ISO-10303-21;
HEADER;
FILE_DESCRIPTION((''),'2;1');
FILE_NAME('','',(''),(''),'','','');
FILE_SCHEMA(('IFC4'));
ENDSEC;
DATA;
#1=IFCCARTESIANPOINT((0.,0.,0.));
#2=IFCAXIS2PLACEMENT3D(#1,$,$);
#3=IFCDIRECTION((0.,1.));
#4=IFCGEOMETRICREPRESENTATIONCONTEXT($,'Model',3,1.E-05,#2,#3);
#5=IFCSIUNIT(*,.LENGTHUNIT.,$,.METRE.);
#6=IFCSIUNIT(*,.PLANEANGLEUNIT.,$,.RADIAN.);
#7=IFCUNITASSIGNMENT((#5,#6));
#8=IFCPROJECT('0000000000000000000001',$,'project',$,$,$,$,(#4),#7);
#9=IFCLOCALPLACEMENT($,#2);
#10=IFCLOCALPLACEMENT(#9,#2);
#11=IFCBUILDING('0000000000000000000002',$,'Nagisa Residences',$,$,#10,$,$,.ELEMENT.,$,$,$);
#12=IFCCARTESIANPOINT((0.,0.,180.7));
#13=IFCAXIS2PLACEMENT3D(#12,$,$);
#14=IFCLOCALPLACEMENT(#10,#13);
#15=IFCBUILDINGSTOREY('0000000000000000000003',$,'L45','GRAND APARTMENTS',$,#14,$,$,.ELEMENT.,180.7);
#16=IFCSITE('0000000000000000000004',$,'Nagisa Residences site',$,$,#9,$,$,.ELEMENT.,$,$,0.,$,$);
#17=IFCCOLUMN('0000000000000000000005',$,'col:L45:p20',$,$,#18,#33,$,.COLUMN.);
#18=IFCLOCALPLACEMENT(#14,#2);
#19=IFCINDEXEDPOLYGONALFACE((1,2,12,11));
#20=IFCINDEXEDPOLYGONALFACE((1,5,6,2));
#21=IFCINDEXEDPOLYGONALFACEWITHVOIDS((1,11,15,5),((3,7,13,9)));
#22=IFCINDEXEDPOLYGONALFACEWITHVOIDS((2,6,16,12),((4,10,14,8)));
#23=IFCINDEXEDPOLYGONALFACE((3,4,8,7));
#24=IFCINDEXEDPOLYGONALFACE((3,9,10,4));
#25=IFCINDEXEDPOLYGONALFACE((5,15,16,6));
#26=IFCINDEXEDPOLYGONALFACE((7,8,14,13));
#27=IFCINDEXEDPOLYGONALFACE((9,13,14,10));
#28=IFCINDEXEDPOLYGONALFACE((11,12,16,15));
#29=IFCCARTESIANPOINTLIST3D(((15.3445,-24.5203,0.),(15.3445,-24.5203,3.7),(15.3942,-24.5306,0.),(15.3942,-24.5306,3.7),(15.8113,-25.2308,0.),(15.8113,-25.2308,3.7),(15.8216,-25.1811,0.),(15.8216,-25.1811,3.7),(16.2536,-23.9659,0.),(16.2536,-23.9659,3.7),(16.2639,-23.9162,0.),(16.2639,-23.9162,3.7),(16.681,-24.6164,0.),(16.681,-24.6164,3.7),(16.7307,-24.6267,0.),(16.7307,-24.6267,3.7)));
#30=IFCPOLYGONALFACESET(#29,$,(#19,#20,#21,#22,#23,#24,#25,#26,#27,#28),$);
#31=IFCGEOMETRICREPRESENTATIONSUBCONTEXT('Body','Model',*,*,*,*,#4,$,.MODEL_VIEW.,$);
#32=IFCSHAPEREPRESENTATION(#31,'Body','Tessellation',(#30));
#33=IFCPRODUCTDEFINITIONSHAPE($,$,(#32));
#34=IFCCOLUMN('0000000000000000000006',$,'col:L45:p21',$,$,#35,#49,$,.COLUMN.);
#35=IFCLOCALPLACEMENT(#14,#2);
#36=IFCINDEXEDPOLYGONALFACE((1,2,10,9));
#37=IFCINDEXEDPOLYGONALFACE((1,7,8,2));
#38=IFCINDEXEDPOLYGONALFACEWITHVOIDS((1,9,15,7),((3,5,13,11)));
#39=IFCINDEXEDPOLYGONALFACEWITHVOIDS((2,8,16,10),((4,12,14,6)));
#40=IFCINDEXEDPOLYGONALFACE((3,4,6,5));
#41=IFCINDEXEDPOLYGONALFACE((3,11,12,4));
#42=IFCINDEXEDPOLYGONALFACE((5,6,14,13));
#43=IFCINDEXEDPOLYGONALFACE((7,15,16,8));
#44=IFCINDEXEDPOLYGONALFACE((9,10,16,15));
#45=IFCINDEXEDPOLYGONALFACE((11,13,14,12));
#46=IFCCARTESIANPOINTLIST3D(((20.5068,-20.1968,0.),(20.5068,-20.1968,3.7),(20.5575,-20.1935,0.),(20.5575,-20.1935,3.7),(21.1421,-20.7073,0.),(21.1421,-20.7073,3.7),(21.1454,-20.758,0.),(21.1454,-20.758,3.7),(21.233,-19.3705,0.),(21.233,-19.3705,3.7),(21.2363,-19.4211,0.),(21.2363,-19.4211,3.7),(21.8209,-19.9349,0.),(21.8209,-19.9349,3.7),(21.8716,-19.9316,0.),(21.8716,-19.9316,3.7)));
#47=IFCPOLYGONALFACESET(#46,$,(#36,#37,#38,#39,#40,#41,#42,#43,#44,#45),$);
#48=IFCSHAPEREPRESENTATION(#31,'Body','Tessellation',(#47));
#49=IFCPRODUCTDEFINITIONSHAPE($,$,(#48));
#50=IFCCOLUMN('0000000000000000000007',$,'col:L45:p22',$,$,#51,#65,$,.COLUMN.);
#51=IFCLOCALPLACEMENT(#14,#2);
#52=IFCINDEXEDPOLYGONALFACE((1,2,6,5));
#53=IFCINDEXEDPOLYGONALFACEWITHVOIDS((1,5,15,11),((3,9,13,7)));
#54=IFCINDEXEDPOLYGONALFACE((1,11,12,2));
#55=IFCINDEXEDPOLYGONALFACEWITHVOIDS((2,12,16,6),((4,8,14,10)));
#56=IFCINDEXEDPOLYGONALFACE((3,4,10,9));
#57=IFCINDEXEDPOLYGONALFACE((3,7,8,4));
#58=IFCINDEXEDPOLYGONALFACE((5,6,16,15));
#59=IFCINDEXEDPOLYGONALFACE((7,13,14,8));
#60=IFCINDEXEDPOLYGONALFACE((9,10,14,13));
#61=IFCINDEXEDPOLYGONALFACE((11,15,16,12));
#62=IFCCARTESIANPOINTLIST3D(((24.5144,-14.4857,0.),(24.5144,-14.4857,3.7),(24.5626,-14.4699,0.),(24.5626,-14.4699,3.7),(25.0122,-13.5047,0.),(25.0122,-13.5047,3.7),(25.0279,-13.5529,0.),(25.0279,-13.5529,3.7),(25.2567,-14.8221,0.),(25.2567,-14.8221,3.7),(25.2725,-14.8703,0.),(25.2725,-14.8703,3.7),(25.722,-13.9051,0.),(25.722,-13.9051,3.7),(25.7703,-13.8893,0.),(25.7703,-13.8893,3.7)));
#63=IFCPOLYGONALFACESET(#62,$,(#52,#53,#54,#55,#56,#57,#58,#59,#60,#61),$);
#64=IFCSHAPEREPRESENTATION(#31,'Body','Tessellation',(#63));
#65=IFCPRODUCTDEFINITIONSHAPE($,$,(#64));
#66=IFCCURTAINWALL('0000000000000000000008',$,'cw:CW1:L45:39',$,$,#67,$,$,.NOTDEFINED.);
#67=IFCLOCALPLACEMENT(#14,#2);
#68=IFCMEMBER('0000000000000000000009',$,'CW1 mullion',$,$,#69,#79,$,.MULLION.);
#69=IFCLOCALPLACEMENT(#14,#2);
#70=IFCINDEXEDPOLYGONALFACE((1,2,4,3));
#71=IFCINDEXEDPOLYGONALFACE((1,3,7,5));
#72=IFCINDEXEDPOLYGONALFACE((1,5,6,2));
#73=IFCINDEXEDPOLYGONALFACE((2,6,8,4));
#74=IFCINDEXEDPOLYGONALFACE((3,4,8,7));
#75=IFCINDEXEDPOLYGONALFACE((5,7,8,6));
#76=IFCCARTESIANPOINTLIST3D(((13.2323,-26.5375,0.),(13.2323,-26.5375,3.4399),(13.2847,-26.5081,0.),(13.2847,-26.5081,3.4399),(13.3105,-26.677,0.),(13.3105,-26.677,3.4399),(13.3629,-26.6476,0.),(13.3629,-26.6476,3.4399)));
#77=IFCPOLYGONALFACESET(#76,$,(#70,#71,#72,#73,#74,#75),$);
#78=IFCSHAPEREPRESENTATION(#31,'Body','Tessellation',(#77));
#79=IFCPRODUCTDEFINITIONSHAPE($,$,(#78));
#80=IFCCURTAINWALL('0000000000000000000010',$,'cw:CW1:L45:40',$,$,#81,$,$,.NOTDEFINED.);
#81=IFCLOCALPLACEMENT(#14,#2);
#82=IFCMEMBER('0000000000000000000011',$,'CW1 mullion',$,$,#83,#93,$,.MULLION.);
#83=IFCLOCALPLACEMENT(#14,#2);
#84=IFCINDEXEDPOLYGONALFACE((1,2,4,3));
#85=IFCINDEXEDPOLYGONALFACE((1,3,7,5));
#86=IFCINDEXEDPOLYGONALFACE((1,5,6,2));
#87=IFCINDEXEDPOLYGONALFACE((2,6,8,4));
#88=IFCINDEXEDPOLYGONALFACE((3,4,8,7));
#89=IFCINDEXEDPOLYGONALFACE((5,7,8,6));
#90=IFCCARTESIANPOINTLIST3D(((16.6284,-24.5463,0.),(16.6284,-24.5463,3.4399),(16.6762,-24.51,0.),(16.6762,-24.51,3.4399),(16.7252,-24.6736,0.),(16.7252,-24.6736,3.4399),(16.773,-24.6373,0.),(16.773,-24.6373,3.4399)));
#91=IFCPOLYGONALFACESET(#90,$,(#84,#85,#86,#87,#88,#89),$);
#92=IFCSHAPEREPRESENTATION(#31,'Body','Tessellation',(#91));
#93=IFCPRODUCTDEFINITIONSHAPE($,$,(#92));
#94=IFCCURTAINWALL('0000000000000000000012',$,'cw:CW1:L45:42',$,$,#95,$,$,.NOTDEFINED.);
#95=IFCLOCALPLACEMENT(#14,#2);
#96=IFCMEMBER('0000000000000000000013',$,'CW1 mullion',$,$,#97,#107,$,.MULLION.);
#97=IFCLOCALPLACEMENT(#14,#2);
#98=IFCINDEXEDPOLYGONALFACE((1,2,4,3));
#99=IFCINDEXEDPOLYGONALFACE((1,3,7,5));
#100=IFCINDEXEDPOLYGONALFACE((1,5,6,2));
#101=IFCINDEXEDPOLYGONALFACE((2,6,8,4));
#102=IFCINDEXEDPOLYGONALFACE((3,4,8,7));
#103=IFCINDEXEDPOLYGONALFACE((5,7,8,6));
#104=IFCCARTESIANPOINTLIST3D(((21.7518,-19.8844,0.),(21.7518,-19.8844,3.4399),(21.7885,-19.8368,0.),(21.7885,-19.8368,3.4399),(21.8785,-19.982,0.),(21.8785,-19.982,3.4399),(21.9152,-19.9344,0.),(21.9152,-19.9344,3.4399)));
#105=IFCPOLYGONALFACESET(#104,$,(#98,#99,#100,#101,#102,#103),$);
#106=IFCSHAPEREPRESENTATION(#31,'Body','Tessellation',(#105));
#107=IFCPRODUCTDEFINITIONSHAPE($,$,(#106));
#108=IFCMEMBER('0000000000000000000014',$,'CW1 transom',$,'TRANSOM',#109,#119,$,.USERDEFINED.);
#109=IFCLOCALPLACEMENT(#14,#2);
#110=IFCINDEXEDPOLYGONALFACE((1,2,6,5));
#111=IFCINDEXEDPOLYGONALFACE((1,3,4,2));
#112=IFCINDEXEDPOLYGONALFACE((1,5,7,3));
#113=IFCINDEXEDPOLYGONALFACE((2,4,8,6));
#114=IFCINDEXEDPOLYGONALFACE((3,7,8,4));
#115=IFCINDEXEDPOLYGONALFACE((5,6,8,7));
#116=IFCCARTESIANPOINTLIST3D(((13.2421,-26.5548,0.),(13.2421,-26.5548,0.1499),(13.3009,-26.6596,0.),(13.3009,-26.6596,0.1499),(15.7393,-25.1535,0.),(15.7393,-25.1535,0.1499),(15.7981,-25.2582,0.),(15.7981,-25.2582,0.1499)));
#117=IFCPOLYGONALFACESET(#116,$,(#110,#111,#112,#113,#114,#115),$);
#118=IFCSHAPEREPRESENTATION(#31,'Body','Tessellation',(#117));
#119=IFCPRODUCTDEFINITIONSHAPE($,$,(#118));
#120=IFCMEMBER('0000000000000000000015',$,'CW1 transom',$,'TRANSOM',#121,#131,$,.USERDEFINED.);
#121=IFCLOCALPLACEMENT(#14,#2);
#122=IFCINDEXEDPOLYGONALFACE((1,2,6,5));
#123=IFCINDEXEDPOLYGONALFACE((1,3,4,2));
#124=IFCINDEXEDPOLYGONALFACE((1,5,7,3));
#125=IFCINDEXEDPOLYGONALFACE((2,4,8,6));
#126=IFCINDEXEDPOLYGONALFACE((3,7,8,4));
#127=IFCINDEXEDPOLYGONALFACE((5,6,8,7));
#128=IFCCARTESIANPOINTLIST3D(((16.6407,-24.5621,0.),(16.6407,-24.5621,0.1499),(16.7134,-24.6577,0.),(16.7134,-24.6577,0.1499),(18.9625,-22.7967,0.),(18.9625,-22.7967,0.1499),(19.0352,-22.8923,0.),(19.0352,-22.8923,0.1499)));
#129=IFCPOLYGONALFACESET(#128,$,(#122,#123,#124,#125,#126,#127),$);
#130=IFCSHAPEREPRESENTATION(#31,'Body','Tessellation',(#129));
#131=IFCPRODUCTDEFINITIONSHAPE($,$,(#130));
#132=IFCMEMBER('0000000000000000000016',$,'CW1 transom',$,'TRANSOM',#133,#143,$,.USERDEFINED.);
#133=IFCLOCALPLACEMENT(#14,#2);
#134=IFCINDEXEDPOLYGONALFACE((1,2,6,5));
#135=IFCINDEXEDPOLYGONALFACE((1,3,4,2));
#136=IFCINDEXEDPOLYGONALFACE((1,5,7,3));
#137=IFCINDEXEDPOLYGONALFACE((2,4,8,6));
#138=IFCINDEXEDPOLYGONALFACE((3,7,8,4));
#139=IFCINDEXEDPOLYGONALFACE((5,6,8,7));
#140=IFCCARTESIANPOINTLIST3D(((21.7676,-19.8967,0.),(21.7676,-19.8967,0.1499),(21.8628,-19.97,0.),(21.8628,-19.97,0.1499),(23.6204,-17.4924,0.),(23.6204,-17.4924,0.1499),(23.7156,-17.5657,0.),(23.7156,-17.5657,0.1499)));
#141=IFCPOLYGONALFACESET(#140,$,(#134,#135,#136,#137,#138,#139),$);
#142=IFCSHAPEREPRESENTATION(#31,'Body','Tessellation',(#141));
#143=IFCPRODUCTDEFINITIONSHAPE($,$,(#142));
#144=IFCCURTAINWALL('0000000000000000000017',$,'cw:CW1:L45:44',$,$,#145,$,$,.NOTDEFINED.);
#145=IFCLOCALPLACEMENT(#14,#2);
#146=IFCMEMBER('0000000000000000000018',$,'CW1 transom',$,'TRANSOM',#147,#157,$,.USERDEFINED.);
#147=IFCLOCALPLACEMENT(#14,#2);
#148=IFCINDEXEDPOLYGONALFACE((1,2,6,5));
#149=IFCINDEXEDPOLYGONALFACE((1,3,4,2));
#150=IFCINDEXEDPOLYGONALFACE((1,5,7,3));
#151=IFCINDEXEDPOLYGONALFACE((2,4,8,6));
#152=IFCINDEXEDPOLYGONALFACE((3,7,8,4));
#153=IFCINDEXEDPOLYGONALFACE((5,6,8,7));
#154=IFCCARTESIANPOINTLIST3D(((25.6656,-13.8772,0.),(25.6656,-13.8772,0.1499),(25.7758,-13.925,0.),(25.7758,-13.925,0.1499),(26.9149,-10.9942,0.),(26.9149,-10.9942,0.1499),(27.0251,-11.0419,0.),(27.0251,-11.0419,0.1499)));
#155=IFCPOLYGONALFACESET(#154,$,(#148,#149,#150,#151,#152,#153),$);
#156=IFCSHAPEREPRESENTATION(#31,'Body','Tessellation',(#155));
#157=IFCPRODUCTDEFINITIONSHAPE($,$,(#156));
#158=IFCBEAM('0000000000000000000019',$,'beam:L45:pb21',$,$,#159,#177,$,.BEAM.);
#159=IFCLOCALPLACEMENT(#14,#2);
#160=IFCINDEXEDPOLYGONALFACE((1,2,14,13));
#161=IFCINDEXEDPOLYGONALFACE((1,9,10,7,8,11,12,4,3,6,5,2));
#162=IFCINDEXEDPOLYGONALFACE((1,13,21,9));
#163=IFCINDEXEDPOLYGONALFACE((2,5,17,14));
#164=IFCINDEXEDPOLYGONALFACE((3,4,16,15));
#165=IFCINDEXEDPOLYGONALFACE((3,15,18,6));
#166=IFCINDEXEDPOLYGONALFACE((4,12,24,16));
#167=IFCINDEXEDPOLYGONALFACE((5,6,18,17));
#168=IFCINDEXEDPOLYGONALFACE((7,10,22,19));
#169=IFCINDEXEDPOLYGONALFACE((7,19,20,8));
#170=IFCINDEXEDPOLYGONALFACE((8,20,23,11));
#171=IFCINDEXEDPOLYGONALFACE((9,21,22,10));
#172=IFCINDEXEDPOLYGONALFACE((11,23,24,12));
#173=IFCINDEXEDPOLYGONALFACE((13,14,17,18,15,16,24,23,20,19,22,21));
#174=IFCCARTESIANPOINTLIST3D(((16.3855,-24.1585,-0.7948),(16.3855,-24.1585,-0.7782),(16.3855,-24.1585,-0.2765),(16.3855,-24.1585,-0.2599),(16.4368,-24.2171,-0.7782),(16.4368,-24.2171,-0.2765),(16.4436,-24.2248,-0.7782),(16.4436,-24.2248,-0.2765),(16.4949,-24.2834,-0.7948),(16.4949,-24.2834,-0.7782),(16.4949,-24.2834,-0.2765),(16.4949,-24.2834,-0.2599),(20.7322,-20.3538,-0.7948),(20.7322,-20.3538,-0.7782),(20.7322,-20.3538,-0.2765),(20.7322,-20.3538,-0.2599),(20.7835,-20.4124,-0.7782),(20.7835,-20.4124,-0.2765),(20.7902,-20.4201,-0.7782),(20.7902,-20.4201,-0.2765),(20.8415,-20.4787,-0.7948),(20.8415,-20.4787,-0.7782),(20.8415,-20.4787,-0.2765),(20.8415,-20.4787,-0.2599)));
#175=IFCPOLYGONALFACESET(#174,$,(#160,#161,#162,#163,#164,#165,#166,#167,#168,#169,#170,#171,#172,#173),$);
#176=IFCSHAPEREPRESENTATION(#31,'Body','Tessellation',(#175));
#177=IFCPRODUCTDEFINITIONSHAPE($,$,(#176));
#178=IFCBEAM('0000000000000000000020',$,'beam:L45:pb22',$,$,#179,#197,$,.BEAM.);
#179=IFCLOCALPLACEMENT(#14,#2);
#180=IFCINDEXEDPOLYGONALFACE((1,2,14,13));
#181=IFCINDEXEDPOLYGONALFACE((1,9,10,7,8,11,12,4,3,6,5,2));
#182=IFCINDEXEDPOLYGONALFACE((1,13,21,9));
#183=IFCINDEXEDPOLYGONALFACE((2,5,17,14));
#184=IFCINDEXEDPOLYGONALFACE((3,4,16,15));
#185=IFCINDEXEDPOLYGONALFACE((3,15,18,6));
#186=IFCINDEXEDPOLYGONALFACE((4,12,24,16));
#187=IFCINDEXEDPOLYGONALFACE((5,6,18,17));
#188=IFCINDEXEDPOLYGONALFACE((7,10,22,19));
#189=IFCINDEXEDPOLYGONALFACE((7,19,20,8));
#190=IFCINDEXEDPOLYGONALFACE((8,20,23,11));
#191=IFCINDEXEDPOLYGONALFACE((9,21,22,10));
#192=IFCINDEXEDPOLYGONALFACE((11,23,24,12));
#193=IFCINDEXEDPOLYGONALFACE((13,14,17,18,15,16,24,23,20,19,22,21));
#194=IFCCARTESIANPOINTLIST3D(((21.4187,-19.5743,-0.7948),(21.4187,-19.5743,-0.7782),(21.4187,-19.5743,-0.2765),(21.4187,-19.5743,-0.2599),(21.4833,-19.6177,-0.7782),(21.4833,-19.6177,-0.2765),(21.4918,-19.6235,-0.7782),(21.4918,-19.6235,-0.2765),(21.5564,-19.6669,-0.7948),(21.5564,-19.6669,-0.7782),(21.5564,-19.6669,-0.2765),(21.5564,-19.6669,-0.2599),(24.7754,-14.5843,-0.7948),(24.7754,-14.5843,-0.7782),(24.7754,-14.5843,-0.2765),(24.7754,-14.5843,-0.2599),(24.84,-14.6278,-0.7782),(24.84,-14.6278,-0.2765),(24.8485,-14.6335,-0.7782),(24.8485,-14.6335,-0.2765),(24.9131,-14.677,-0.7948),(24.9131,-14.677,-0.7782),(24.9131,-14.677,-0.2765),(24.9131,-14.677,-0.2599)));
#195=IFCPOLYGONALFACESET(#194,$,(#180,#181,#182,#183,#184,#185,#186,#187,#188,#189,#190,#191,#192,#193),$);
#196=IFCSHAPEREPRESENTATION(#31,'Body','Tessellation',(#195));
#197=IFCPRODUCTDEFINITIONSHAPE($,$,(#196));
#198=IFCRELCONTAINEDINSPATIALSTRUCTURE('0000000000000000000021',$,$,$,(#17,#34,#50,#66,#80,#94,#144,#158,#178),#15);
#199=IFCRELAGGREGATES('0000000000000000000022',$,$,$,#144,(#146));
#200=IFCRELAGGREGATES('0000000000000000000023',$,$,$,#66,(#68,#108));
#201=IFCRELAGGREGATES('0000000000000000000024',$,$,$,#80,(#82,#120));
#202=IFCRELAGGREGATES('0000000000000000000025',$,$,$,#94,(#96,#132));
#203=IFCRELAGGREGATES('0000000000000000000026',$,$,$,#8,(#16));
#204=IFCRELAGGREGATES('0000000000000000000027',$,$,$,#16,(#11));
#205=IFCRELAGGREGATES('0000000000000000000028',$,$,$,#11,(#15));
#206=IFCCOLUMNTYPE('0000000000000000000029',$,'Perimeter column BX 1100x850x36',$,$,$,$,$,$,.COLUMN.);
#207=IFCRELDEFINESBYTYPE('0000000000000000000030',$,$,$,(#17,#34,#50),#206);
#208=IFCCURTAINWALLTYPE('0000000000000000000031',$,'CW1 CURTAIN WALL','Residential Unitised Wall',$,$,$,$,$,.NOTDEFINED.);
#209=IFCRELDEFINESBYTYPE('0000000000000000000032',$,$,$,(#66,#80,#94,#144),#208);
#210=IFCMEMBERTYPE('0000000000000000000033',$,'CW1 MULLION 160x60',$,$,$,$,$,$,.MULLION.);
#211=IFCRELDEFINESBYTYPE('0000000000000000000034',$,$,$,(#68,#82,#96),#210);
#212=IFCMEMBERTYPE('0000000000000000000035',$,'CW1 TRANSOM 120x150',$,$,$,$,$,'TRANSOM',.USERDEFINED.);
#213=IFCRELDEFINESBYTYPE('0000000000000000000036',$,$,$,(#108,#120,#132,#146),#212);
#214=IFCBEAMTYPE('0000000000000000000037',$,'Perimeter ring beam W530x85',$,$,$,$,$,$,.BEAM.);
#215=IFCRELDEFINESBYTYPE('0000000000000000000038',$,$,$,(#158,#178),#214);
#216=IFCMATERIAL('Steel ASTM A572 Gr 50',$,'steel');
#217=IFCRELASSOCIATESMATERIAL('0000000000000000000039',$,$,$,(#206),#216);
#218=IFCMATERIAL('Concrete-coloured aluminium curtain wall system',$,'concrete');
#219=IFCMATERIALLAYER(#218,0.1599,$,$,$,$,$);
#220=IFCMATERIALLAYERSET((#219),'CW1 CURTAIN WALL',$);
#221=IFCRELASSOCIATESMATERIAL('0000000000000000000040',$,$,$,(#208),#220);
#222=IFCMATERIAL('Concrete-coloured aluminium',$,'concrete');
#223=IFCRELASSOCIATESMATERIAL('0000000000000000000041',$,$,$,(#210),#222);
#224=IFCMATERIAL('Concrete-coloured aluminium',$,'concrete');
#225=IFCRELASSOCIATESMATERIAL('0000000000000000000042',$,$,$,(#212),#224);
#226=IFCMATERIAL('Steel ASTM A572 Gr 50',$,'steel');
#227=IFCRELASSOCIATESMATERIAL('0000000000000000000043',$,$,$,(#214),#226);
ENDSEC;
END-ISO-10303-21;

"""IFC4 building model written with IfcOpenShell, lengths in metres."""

from ifc_helpers import new_model, si_unit, direction, frame, origin, origin_2d, place, context, subcontext, project, spatial, rectangle, hollow_rectangle, i_section, extrude, material, layer, layer_set, material_profile, profile_set, type_object, element, aggregate, save


model = new_model("IFC4")

# Units and contexts
model_context = context("Model", 3, precision=1e-05, world=origin(), true_north=direction((0.0, 1.0)))
body_context = subcontext(model_context, "Body", "Model", "MODEL_VIEW")
ifc_project = project(units=[si_unit("LENGTHUNIT", "METRE"), si_unit("PLANEANGLEUNIT", "RADIAN")], contexts=[model_context])

# Site, building, storey
site_placement = place(None, origin())
site = spatial("IfcSite", under=ifc_project, at=site_placement, Name="Nagisa Residences site", CompositionType="ELEMENT", RefElevation=0.0)
building_placement = place(site_placement, origin())
building = spatial("IfcBuilding", under=site, at=building_placement, Name="Nagisa Residences", CompositionType="ELEMENT")
storey_placement = place(building_placement, frame((0.0, 0.0, 180.7)))
storey = spatial("IfcBuildingStorey", under=building, at=storey_placement, Name="L45", Description="GRAND APARTMENTS", CompositionType="ELEMENT", Elevation=180.7)

# Columns
ifc_material_1 = material(Name="Steel ASTM A572 Gr 50", Category="steel")
ifc_material_profile_1 = material_profile(ifc_material_1, hollow_rectangle(XDim=1.1001, YDim=0.8501, WallThickness=0.0359, at=origin_2d()), Name="BX 1100x850x36")
ifc_profile_set_1 = profile_set([ifc_material_profile_1], Name="Steel ASTM A572 Gr 50")
column_type = type_object("IfcColumnType", Name="Perimeter column BX 1100x850x36", PredefinedType="COLUMN", material=ifc_profile_set_1)
for number, where, z_axis, x_axis, name in (
    (1, (16.0376, -24.5735, 0.0), (0.0, 0.0, 1.0), (0.835766, 0.549086, 0.0), "col:L45:p20"),
    (2, (21.1892, -20.0642, 0.0), (0.0, 0.0, 1.0), (0.660115, 0.751165, 0.0), "col:L45:p21"),
    (3, (25.1423, -14.1875, 0.0), (0.0, 0.0, 1.0), (0.452463, 0.891783, 0.0), "col:L45:p22"),
):
    element("IfcColumn", number, at=place(storey_placement, frame(where, z_axis=z_axis, x_axis=x_axis)), inside=storey, type_object=column_type, Name=name, PredefinedType="COLUMN", context=body_context, shape_type="SweptSolid", body=[
        extrude(hollow_rectangle(XDim=1.1001, YDim=0.8501, WallThickness=0.0359, at=origin_2d()), origin(), (0.0, 0.0, 1.0), 3.7),
    ])

# Curtain walls, members
ifc_material_2 = material(Name="Concrete-coloured aluminium curtain wall system", Category="concrete")
ifc_layer_1 = layer(ifc_material_2, 0.1599)
ifc_layer_set_1 = layer_set([ifc_layer_1], Name="CW1 CURTAIN WALL")
curtain_wall_type = type_object("IfcCurtainWallType", Name="CW1 CURTAIN WALL", Description="Residential Unitised Wall", PredefinedType="NOTDEFINED", material=ifc_layer_set_1)
curtain_wall_1_placement = place(storey_placement, origin())
curtain_wall_1 = element("IfcCurtainWall", 4, at=curtain_wall_1_placement, inside=storey, type_object=curtain_wall_type, Name="cw:CW1:L45:39", PredefinedType="NOTDEFINED")
ifc_material_3 = material(Name="Concrete-coloured aluminium", Category="concrete")
ifc_material_profile_2 = material_profile(ifc_material_3, rectangle(XDim=0.1599, YDim=0.0601, at=origin_2d()), Name="CW1 MULLION 160x60")
ifc_profile_set_2 = profile_set([ifc_material_profile_2], Name="Concrete-coloured aluminium")
member_type_1 = type_object("IfcMemberType", Name="CW1 MULLION 160x60", PredefinedType="MULLION", material=ifc_profile_set_2)
member_1_placement = place(storey_placement, frame((13.2976, -26.5925, 0.0), z_axis=(0.0, 0.0, 1.0), x_axis=(-0.489377, 0.872072, 0.0)))
member_1 = element("IfcMember", 5, at=member_1_placement, type_object=member_type_1, Name="CW1 mullion", PredefinedType="MULLION", context=body_context, shape_type="SweptSolid", body=[
    extrude(rectangle(XDim=0.1599, YDim=0.0601, at=origin_2d()), origin(), (0.0, 0.0, 1.0), 3.4399),
])
curtain_wall_2_placement = place(storey_placement, origin())
curtain_wall_2 = element("IfcCurtainWall", 6, at=curtain_wall_2_placement, inside=storey, type_object=curtain_wall_type, Name="cw:CW1:L45:40", PredefinedType="NOTDEFINED")
member_2_placement = place(storey_placement, frame((16.7007, -24.5918, 0.0), z_axis=(0.0, 0.0, 1.0), x_axis=(-0.605255, 0.796031, 0.0)))
member_2 = element("IfcMember", 7, at=member_2_placement, type_object=member_type_1, Name="CW1 mullion", PredefinedType="MULLION", context=body_context, shape_type="SweptSolid", body=[
    extrude(rectangle(XDim=0.1599, YDim=0.0601, at=origin_2d()), origin(), (0.0, 0.0, 1.0), 3.4399),
])
curtain_wall_3_placement = place(storey_placement, origin())
curtain_wall_3 = element("IfcCurtainWall", 8, at=curtain_wall_3_placement, inside=storey, type_object=curtain_wall_type, Name="cw:CW1:L45:42", PredefinedType="NOTDEFINED")
member_3_placement = place(storey_placement, frame((21.8335, -19.9094, 0.0), z_axis=(0.0, 0.0, 1.0), x_axis=(-0.79207, 0.61043, 0.0)))
member_3 = element("IfcMember", 9, at=member_3_placement, type_object=member_type_1, Name="CW1 mullion", PredefinedType="MULLION", context=body_context, shape_type="SweptSolid", body=[
    extrude(rectangle(XDim=0.1599, YDim=0.0601, at=origin_2d()), origin(), (0.0, 0.0, 1.0), 3.4399),
])

# Members
ifc_material_4 = material(Name="Concrete-coloured aluminium", Category="concrete")
ifc_material_profile_3 = material_profile(ifc_material_4, rectangle(XDim=0.1201, YDim=0.1499, at=origin_2d()), Name="CW1 TRANSOM 120x150")
ifc_profile_set_3 = profile_set([ifc_material_profile_3], Name="Concrete-coloured aluminium")
member_type_2 = type_object("IfcMemberType", Name="CW1 TRANSOM 120x150", ElementType="TRANSOM", PredefinedType="USERDEFINED", material=ifc_profile_set_3)
member_4_placement = place(storey_placement, frame((13.2715, -26.6072, 0.075), z_axis=(0.872078, 0.489366, 0.0), x_axis=(-0.489366, 0.872078, 0.0)))
member_4 = element("IfcMember", 10, at=member_4_placement, type_object=member_type_2, Name="CW1 transom", ObjectType="TRANSOM", PredefinedType="USERDEFINED", context=body_context, shape_type="SweptSolid", body=[
    extrude(rectangle(XDim=0.1201, YDim=0.1499, at=origin_2d()), origin(), (0.0, 0.0, 1.0), 2.8635),
])
member_5_placement = place(storey_placement, frame((16.677, -24.6099, 0.075), z_axis=(0.796025, 0.605264, 0.0), x_axis=(-0.605264, 0.796025, 0.0)))
member_5 = element("IfcMember", 11, at=member_5_placement, type_object=member_type_2, Name="CW1 transom", ObjectType="TRANSOM", PredefinedType="USERDEFINED", context=body_context, shape_type="SweptSolid", body=[
    extrude(rectangle(XDim=0.1201, YDim=0.1499, at=origin_2d()), origin(), (0.0, 0.0, 1.0), 2.9167),
])
member_6_placement = place(storey_placement, frame((21.8152, -19.9333, 0.075), z_axis=(0.610399, 0.792094, 0.0), x_axis=(-0.792094, 0.610399, 0.0)))
member_6 = element("IfcMember", 12, at=member_6_placement, type_object=member_type_2, Name="CW1 transom", ObjectType="TRANSOM", PredefinedType="USERDEFINED", context=body_context, shape_type="SweptSolid", body=[
    extrude(rectangle(XDim=0.1201, YDim=0.1499, at=origin_2d()), origin(), (0.0, 0.0, 1.0), 3.0354),
])

# Curtain wall, member
curtain_wall_4_placement = place(storey_placement, origin())
curtain_wall_4 = element("IfcCurtainWall", 13, at=curtain_wall_4_placement, inside=storey, type_object=curtain_wall_type, Name="cw:CW1:L45:44", PredefinedType="NOTDEFINED")
member_7_placement = place(storey_placement, frame((25.7207, -13.9011, 0.075), z_axis=(0.397592, 0.917562, 0.0), x_axis=(-0.917562, 0.397592, 0.0)))
member_7 = element("IfcMember", 14, at=member_7_placement, type_object=member_type_2, Name="CW1 transom", ObjectType="TRANSOM", PredefinedType="USERDEFINED", context=body_context, shape_type="SweptSolid", body=[
    extrude(rectangle(XDim=0.1201, YDim=0.1499, at=origin_2d()), origin(), (0.0, 0.0, 1.0), 3.1421),
])
aggregate(curtain_wall_4, [member_7])

# Beams
ifc_material_5 = material(Name="Steel ASTM A572 Gr 50", Category="steel")
ifc_material_profile_4 = material_profile(ifc_material_5, i_section(OverallWidth=0.166, OverallDepth=0.5349, WebThickness=0.0103, FlangeThickness=0.0166, at=origin_2d()), Name="W530x85")
ifc_profile_set_4 = profile_set([ifc_material_profile_4], Name="Steel ASTM A572 Gr 50")
beam_type_1 = type_object("IfcBeamType", Name="Perimeter ring beam W530x85", PredefinedType="BEAM", material=ifc_profile_set_4)
beam_1_placement = place(storey_placement, frame((16.4402, -24.2209, -0.5273), z_axis=(0.752461, 0.658636, 0.0), x_axis=(-0.658636, 0.752461, 0.0)))
element("IfcBeam", 15, at=beam_1_placement, inside=storey, type_object=beam_type_1, Name="beam:L45:pb21", PredefinedType="BEAM", context=body_context, shape_type="SweptSolid", body=[
    extrude(i_section(OverallWidth=0.166, OverallDepth=0.5349, WebThickness=0.0103, FlangeThickness=0.0166, at=origin_2d()), origin(), (0.0, 0.0, 1.0), 5.7766),
])
beam_2_placement = place(storey_placement, frame((21.4875, -19.6206, -0.5273), z_axis=(0.558152, 0.829739, 0.0), x_axis=(-0.829739, 0.558152, 0.0)))
element("IfcBeam", 16, at=beam_2_placement, inside=storey, type_object=beam_type_1, Name="beam:L45:pb22", PredefinedType="BEAM", context=body_context, shape_type="SweptSolid", body=[
    extrude(i_section(OverallWidth=0.166, OverallDepth=0.5349, WebThickness=0.0103, FlangeThickness=0.0166, at=origin_2d()), origin(), (0.0, 0.0, 1.0), 6.0139),
])

aggregate(curtain_wall_1, [member_1, member_4])
aggregate(curtain_wall_2, [member_2, member_5])
aggregate(curtain_wall_3, [member_3, member_6])

save(model, "model.ifc")
